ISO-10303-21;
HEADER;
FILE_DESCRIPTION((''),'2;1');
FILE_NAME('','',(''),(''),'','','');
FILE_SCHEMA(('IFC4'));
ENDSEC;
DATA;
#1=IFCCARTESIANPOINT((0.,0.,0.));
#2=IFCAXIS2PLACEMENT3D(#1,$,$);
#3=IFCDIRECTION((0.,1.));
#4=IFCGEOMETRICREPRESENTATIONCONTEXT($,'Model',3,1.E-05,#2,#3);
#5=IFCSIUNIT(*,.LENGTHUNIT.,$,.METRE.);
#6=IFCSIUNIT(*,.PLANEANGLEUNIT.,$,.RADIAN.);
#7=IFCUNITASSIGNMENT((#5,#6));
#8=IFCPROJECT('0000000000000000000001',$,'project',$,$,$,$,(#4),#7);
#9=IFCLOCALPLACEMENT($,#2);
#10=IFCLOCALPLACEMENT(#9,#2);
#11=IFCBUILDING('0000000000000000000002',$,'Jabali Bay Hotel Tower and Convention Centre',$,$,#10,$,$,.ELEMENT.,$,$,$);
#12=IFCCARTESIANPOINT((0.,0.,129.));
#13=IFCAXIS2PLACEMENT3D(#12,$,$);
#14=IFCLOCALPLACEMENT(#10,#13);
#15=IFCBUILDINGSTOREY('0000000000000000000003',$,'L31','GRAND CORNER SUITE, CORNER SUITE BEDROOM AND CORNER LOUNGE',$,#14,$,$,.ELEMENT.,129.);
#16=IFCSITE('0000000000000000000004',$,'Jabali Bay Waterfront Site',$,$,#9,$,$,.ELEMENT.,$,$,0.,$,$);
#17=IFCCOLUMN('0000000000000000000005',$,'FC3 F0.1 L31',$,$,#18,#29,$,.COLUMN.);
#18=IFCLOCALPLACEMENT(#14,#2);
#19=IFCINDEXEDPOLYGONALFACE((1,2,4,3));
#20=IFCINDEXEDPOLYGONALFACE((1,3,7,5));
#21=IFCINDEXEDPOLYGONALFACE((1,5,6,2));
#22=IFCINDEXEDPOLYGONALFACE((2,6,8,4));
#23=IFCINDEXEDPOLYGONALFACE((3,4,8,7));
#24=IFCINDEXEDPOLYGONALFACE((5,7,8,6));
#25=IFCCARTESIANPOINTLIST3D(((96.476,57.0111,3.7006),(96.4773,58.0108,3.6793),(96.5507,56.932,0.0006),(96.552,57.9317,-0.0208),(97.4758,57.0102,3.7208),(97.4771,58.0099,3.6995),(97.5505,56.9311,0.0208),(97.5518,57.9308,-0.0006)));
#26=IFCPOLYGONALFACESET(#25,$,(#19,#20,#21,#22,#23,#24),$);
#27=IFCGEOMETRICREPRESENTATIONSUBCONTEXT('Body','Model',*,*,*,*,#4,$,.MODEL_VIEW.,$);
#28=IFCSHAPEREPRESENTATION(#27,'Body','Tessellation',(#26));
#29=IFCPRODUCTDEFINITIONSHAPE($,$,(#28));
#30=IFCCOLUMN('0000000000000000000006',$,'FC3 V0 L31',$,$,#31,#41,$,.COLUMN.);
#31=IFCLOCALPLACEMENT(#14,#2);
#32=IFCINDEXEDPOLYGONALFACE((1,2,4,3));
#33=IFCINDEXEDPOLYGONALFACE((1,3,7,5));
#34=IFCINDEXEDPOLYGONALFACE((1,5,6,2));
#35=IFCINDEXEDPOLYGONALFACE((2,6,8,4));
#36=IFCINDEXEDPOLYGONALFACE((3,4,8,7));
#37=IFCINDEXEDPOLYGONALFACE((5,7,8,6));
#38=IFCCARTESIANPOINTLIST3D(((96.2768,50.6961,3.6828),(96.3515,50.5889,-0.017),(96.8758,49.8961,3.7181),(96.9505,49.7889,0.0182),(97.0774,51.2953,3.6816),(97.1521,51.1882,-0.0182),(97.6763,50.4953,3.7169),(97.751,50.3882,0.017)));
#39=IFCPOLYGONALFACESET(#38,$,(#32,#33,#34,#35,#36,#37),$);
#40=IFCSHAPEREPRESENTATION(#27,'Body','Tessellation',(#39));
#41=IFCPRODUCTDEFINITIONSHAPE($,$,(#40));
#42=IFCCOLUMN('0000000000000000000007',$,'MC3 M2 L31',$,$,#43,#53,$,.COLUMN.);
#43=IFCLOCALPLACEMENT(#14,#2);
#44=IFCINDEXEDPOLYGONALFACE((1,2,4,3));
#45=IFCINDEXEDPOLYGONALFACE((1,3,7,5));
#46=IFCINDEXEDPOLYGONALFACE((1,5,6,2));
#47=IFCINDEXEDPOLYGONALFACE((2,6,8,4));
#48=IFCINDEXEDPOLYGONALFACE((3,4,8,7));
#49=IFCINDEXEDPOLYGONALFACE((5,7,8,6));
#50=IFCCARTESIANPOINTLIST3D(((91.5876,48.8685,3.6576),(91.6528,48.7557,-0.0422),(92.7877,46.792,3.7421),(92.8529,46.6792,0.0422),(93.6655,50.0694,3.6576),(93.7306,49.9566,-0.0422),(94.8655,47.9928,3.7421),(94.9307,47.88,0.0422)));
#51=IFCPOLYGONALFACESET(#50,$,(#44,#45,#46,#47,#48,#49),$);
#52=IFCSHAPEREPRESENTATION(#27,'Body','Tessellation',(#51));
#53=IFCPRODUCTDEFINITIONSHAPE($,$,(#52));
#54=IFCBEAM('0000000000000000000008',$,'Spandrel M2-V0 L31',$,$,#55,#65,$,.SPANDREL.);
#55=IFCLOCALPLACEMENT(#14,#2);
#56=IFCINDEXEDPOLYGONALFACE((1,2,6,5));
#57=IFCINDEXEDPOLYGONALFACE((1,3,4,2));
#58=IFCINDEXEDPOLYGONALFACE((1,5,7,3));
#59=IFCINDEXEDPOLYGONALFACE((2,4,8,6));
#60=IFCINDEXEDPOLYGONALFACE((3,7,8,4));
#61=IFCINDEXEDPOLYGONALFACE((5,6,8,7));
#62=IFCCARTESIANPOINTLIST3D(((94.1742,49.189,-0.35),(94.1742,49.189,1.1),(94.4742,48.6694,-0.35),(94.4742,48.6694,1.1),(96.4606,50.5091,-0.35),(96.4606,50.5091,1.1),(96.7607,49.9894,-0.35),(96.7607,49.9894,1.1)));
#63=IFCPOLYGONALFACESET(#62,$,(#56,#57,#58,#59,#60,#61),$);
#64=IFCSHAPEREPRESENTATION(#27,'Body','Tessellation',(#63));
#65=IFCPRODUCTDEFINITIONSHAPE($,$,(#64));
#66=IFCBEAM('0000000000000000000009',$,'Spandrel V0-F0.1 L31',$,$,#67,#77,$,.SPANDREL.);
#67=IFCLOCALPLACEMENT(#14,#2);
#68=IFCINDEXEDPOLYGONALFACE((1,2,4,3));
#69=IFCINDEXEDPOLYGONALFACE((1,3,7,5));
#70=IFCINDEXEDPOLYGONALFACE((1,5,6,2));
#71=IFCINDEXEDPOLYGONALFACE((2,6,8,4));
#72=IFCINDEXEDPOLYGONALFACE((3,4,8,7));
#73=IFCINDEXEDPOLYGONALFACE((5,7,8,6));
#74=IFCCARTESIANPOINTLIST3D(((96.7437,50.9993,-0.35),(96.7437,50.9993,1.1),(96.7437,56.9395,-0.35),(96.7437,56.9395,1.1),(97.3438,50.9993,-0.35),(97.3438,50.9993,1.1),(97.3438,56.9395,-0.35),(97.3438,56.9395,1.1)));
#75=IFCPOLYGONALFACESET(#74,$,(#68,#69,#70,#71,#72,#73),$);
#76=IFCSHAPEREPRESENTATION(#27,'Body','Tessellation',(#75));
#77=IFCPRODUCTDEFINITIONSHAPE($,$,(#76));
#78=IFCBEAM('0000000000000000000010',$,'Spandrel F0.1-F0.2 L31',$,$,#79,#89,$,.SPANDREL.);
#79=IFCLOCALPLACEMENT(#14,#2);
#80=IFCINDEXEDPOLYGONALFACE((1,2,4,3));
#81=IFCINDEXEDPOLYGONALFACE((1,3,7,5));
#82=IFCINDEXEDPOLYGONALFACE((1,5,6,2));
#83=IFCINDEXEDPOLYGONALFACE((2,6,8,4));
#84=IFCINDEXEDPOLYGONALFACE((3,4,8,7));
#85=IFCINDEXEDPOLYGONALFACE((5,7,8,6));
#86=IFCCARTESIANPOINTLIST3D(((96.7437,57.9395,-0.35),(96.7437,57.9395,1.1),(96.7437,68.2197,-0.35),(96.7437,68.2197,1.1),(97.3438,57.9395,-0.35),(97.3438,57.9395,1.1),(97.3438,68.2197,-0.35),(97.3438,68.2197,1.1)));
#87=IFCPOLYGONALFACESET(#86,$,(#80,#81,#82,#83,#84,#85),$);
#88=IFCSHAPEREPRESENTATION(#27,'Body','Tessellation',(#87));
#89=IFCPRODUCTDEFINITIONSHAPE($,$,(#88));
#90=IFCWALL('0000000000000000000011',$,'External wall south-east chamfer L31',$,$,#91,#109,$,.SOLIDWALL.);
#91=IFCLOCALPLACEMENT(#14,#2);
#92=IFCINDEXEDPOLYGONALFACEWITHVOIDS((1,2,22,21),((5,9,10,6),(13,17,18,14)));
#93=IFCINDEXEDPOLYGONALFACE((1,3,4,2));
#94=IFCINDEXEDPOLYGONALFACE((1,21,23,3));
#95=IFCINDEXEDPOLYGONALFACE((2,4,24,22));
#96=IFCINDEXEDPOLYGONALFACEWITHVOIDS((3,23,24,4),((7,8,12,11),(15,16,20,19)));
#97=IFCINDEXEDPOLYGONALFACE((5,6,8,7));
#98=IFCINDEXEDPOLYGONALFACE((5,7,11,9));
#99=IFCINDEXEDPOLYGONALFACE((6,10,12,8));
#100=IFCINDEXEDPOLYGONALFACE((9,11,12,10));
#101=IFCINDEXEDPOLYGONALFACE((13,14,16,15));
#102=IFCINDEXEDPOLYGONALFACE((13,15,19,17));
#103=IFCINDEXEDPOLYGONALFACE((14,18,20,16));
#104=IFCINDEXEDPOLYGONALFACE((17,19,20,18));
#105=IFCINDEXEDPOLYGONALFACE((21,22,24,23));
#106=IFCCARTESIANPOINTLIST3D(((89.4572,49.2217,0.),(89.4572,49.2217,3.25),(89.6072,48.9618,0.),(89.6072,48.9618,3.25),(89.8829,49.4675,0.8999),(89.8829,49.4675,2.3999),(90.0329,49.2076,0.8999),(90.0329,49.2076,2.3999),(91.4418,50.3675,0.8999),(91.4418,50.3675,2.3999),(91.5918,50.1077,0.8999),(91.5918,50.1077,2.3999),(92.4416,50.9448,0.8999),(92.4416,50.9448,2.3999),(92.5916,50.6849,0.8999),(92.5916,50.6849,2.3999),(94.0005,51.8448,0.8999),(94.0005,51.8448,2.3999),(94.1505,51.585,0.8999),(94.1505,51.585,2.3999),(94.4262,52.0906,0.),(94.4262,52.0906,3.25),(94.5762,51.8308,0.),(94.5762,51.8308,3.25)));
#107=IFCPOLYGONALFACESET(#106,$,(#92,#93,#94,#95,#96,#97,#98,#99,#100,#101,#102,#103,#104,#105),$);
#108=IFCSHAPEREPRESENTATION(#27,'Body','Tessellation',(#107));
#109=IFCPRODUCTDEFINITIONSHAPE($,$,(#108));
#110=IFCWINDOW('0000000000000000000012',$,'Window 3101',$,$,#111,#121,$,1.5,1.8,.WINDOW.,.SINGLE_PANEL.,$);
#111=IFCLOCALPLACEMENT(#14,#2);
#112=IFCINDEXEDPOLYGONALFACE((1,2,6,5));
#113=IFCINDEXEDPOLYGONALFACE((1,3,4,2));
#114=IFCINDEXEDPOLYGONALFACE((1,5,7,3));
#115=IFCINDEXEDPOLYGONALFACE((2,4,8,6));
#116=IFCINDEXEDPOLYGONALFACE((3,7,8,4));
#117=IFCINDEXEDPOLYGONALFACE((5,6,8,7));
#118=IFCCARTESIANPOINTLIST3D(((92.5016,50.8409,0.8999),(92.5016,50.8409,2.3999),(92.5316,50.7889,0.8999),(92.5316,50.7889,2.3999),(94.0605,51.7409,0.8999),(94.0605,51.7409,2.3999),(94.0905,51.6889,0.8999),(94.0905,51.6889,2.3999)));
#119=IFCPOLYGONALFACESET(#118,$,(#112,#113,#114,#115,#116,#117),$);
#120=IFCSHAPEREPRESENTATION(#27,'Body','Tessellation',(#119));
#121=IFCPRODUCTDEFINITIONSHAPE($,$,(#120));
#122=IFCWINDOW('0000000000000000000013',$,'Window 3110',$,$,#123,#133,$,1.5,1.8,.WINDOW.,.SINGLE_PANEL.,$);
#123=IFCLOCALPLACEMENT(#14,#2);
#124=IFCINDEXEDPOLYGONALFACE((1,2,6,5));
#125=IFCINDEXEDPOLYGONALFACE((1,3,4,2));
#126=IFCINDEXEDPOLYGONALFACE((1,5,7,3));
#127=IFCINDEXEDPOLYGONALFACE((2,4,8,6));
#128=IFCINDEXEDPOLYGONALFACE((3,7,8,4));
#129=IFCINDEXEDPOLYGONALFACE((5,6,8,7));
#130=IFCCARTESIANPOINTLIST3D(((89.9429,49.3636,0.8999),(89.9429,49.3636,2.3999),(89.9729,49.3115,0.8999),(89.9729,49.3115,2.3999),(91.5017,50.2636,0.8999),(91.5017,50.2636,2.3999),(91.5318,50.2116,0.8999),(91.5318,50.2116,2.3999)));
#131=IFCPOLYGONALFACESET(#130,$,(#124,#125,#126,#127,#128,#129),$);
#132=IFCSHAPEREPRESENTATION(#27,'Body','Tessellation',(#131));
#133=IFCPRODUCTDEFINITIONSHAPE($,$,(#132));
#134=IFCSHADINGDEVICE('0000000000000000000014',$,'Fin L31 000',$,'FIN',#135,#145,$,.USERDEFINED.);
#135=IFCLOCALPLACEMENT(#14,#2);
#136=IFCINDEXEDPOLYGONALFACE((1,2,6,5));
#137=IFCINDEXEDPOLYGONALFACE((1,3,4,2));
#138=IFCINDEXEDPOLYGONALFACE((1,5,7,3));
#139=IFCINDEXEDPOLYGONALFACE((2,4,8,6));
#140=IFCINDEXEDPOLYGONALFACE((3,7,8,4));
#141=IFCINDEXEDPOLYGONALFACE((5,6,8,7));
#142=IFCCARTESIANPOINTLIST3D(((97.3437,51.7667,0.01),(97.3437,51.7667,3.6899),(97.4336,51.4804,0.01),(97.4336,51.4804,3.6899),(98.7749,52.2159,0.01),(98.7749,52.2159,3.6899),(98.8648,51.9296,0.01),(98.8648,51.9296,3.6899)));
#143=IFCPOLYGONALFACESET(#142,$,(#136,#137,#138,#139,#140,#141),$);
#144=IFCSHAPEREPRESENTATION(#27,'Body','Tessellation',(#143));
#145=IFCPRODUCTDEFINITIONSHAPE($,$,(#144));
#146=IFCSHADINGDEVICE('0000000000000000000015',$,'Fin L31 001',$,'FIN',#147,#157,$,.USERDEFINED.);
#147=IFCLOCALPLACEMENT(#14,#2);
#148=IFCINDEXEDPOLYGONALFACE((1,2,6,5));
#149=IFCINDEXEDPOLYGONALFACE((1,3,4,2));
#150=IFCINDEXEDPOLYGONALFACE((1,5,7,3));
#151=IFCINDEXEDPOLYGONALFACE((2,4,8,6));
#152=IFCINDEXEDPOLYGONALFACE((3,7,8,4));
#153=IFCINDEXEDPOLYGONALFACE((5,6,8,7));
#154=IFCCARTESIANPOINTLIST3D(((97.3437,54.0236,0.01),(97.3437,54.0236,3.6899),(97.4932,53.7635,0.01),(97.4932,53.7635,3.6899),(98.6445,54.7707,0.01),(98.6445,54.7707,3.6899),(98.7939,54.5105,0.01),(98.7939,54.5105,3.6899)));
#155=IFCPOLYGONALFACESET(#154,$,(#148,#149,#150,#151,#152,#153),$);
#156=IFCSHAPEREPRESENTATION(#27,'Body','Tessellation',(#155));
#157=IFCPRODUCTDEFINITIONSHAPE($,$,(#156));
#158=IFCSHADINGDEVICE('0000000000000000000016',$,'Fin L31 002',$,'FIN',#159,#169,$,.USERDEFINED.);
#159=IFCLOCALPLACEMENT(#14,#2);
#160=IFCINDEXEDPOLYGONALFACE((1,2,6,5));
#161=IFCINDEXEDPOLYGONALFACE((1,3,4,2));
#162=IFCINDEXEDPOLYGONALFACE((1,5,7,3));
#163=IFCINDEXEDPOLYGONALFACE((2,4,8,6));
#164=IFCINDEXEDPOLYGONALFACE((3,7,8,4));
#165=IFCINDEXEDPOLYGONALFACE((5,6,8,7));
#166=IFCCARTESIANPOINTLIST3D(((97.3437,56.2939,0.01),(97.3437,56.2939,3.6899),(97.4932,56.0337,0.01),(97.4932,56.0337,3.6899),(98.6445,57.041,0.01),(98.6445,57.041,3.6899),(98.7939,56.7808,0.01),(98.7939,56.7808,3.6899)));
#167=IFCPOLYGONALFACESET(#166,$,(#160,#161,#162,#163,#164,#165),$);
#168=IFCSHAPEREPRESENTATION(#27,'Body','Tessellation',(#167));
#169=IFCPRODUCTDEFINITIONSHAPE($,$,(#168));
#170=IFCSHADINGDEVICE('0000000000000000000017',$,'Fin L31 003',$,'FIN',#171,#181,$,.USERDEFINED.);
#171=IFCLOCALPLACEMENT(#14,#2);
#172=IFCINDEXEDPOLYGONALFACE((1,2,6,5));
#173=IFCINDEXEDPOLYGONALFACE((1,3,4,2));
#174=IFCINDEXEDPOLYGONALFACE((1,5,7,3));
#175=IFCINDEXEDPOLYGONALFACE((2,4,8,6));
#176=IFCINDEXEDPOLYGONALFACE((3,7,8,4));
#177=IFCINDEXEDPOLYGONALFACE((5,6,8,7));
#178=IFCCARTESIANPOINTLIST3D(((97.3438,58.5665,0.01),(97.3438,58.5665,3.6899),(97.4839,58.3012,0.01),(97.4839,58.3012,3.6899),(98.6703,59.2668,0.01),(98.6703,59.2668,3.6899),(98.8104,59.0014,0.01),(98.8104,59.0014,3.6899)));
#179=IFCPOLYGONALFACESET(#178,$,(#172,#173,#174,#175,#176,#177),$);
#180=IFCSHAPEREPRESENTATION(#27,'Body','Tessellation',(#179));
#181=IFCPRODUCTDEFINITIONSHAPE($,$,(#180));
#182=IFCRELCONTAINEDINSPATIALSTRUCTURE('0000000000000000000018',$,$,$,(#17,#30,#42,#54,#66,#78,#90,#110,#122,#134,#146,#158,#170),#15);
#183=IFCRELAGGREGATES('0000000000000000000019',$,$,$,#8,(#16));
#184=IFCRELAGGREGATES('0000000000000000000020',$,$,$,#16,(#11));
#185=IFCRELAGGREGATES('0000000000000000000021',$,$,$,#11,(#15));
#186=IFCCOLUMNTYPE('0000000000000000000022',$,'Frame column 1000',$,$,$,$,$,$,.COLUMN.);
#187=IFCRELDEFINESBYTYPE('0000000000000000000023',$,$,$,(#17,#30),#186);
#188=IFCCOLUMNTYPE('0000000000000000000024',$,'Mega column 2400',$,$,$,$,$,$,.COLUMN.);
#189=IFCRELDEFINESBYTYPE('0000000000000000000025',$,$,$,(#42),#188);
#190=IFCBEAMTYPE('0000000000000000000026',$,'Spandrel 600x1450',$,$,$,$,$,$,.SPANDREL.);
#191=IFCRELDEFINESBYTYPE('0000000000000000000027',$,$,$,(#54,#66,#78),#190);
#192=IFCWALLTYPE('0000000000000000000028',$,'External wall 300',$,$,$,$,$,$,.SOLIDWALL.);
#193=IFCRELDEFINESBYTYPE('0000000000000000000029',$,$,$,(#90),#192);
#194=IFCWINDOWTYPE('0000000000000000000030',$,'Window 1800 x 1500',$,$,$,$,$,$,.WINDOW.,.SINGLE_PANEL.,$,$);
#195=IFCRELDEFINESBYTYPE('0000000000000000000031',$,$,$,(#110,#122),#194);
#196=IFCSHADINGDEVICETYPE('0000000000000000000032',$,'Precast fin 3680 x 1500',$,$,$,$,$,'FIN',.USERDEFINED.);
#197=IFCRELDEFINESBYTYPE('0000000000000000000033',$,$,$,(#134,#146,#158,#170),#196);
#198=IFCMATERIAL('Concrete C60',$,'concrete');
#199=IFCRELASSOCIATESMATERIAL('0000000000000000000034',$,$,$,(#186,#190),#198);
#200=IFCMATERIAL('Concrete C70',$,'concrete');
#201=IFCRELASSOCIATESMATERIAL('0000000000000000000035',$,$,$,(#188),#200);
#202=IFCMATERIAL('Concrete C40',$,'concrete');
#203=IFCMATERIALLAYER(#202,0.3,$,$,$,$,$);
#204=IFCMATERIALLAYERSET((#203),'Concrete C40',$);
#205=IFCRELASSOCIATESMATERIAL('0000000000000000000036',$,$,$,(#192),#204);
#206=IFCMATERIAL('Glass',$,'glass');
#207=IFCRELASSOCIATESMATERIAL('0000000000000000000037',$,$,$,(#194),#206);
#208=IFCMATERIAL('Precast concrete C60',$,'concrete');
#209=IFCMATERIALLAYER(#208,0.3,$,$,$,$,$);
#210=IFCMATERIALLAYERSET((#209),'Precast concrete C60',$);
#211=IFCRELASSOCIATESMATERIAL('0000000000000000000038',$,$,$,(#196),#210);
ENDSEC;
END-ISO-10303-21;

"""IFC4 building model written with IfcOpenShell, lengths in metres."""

from ifc_helpers import new_model, si_unit, direction, frame, frame_2d, origin, origin_2d, place, context, subcontext, project, spatial, rectangle, extrude, material, layer, layer_set, material_profile, profile_set, type_object, element, fill, save


model = new_model("IFC4")

# Units and contexts
model_context = context("Model", 3, precision=1e-05, world=origin(), true_north=direction((0.0, 1.0)))
body_context = subcontext(model_context, "Body", "Model", "MODEL_VIEW")
ifc_project = project(units=[si_unit("LENGTHUNIT", "METRE"), si_unit("PLANEANGLEUNIT", "RADIAN")], contexts=[model_context])

# Site, building, storey
site_placement = place(None, origin())
site = spatial("IfcSite", under=ifc_project, at=site_placement, Name="Jabali Bay Waterfront Site", CompositionType="ELEMENT", RefElevation=0.0)
building_placement = place(site_placement, origin())
building = spatial("IfcBuilding", under=site, at=building_placement, Name="Jabali Bay Hotel Tower and Convention Centre", CompositionType="ELEMENT")
storey_placement = place(building_placement, frame((0.0, 0.0, 129.0)))
storey = spatial("IfcBuildingStorey", under=building, at=storey_placement, Name="L31", Description="GRAND CORNER SUITE, CORNER SUITE BEDROOM AND CORNER LOUNGE", CompositionType="ELEMENT", Elevation=129.0)

# Columns
ifc_material_1 = material(Name="Concrete C60", Category="concrete")
ifc_material_profile_1 = material_profile(ifc_material_1, rectangle(XDim=1.0, YDim=1.0, at=origin_2d()), Name="Frame column 1000")
ifc_profile_set_1 = profile_set([ifc_material_profile_1], Name="Concrete C60")
column_type_1 = type_object("IfcColumnType", Name="Frame column 1000", PredefinedType="COLUMN", material=ifc_profile_set_1)
column_1_placement = place(storey_placement, frame((97.0513, 57.4314, 0.0), z_axis=(-0.020183, 0.02137, 0.999568), x_axis=(-0.001315, -0.999771, 0.021348)))
element("IfcColumn", 1, at=column_1_placement, inside=storey, type_object=column_type_1, Name="FC3 F0.1 L31", PredefinedType="COLUMN", context=body_context, shape_type="SweptSolid", body=[
    extrude(rectangle(XDim=1.0, YDim=1.0, at=origin_2d()), origin(), (0.0, 0.0, 1.0), 3.7017),
])
column_2_placement = place(storey_placement, frame((97.0513, 50.4885, 0.0), z_axis=(-0.020179, 0.028949, 0.999377), x_axis=(-0.800537, -0.599282, 0.001196)))
element("IfcColumn", 2, at=column_2_placement, inside=storey, type_object=column_type_1, Name="FC3 V0 L31", PredefinedType="COLUMN", context=body_context, shape_type="SweptSolid", body=[
    extrude(rectangle(XDim=1.0, YDim=1.0, at=origin_2d()), origin(), (0.0, 0.0, 1.0), 3.7021),
])
ifc_material_2 = material(Name="Concrete C70", Category="concrete")
ifc_material_profile_2 = material_profile(ifc_material_2, rectangle(XDim=2.3999, YDim=2.3999, at=origin_2d()), Name="Mega column 2400")
ifc_profile_set_2 = profile_set([ifc_material_profile_2], Name="Concrete C70")
column_type_2 = type_object("IfcColumnType", Name="Mega column 2400", PredefinedType="COLUMN", material=ifc_profile_set_2)
column_3_placement = place(storey_placement, frame((93.2917, 48.3179, 0.0), z_axis=(-0.017607, 0.030466, 0.999381), x_axis=(0.500059, -0.865276, 0.035188)))
element("IfcColumn", 3, at=column_3_placement, inside=storey, type_object=column_type_2, Name="MC3 M2 L31", PredefinedType="COLUMN", context=body_context, shape_type="SweptSolid", body=[
    extrude(rectangle(XDim=2.3999, YDim=2.3999, at=origin_2d()), origin(), (0.0, 0.0, 1.0), 3.7021),
])

# Beams
ifc_material_profile_3 = material_profile(ifc_material_1, rectangle(XDim=0.6001, YDim=1.45, at=origin_2d()), Name="Spandrel 600x1450")
ifc_profile_set_3 = profile_set([ifc_material_profile_3], Name="Concrete C60")
beam_type = type_object("IfcBeamType", Name="Spandrel 600x1450", PredefinedType="SPANDREL", material=ifc_profile_set_3)
beam_1_placement = place(storey_placement, frame((94.3242, 48.9292, 0.375), z_axis=(0.866021, 0.500008, 0.0), x_axis=(-0.500008, 0.866021, 0.0)))
element("IfcBeam", 4, at=beam_1_placement, inside=storey, type_object=beam_type, Name="Spandrel M2-V0 L31", PredefinedType="SPANDREL", context=body_context, shape_type="SweptSolid", body=[
    extrude(rectangle(XDim=0.6001, YDim=1.45, at=origin_2d()), origin(), (0.0, 0.0, 1.0), 2.6401),
])
beam_2_placement = place(storey_placement, frame((97.0437, 50.9993, 0.375), z_axis=(0.0, 1.0, 0.0), x_axis=(-1.0, 0.0, 0.0)))
element("IfcBeam", 5, at=beam_2_placement, inside=storey, type_object=beam_type, Name="Spandrel V0-F0.1 L31", PredefinedType="SPANDREL", context=body_context, shape_type="SweptSolid", body=[
    extrude(rectangle(XDim=0.6001, YDim=1.45, at=origin_2d()), origin(), (0.0, 0.0, 1.0), 5.9402),
])
beam_3_placement = place(storey_placement, frame((97.0437, 57.9395, 0.375), z_axis=(0.0, 1.0, 0.0), x_axis=(-1.0, 0.0, 0.0)))
element("IfcBeam", 6, at=beam_3_placement, inside=storey, type_object=beam_type, Name="Spandrel F0.1-F0.2 L31", PredefinedType="SPANDREL", context=body_context, shape_type="SweptSolid", body=[
    extrude(rectangle(XDim=0.6001, YDim=1.45, at=origin_2d()), origin(), (0.0, 0.0, 1.0), 10.2803),
])

# Wall, openings, windows
ifc_material_3 = material(Name="Concrete C40", Category="concrete")
ifc_layer_1 = layer(ifc_material_3, 0.3)
ifc_layer_set_1 = layer_set([ifc_layer_1], Name="Concrete C40")
wall_type = type_object("IfcWallType", Name="External wall 300", PredefinedType="SOLIDWALL", material=ifc_layer_set_1)
wall_placement = place(storey_placement, frame((94.5012, 51.9607, 0.0), z_axis=(0.0, 0.0, 1.0), x_axis=(-0.866022, -0.500006, 0.0)))
wall = element("IfcWall", 7, at=wall_placement, inside=storey, type_object=wall_type, Name="External wall south-east chamfer L31", PredefinedType="SOLIDWALL", context=body_context, shape_type="SweptSolid", body=[
    extrude(rectangle(XDim=5.7378, YDim=0.3, at=frame_2d((2.8689, 0.0))), origin(), (0.0, 0.0, 1.0), 3.25),
])
opening_1_placement = place(wall_placement, frame((0.4917, 0.0, 0.8999)))
opening_1 = element("IfcOpeningElement", 8, at=opening_1_placement, cuts=wall, PredefinedType="OPENING", context=body_context, shape_type="SweptSolid", body=[
    extrude(rectangle(XDim=1.8, YDim=1.5, at=frame_2d((0.8999, 0.75))), frame((0.0, 0.1606, 0.0), z_axis=(0.0, -1.0, 0.0), x_axis=(1.0, 0.0, 0.0)), (0.0, 0.0, 1.0), 0.321),
])
opening_2_placement = place(wall_placement, frame((3.4463, 0.0, 0.8999)))
opening_2 = element("IfcOpeningElement", 9, at=opening_2_placement, cuts=wall, PredefinedType="OPENING", context=body_context, shape_type="SweptSolid", body=[
    extrude(rectangle(XDim=1.8, YDim=1.5, at=frame_2d((0.8999, 0.75))), frame((0.0, 0.1606, 0.0), z_axis=(0.0, -1.0, 0.0), x_axis=(1.0, 0.0, 0.0)), (0.0, 0.0, 1.0), 0.321),
])
ifc_material_4 = material(Name="Glass", Category="glass")
window_type = type_object("IfcWindowType", Name="Window 1800 x 1500", PartitioningType="SINGLE_PANEL", PredefinedType="WINDOW", material=ifc_material_4)
window_1_placement = place(opening_1_placement, origin())
window_1 = element("IfcWindow", 10, at=window_1_placement, inside=storey, type_object=window_type, Name="Window 3101", OverallHeight=1.5, OverallWidth=1.8, PartitioningType="SINGLE_PANEL", PredefinedType="WINDOW", context=body_context, shape_type="SweptSolid", body=[
    extrude(rectangle(XDim=1.8, YDim=1.5, at=frame_2d((0.8999, 0.75))), frame((0.0, 0.03, 0.0), z_axis=(0.0, -1.0, 0.0), x_axis=(1.0, 0.0, 0.0)), (0.0, 0.0, 1.0), 0.0601),
])
fill(opening_1, window_1)
window_2_placement = place(opening_2_placement, origin())
window_2 = element("IfcWindow", 11, at=window_2_placement, inside=storey, type_object=window_type, Name="Window 3110", OverallHeight=1.5, OverallWidth=1.8, PartitioningType="SINGLE_PANEL", PredefinedType="WINDOW", context=body_context, shape_type="SweptSolid", body=[
    extrude(rectangle(XDim=1.8, YDim=1.5, at=frame_2d((0.8999, 0.75))), frame((0.0, 0.03, 0.0), z_axis=(0.0, -1.0, 0.0), x_axis=(1.0, 0.0, 0.0)), (0.0, 0.0, 1.0), 0.0601),
])
fill(opening_2, window_2)

# Shading devices
ifc_material_5 = material(Name="Precast concrete C60", Category="concrete")
ifc_layer_2 = layer(ifc_material_5, 0.3)
ifc_layer_set_2 = layer_set([ifc_layer_2], Name="Precast concrete C60")
shading_device_type = type_object("IfcShadingDeviceType", Name="Precast fin 3680 x 1500", ElementType="FIN", PredefinedType="USERDEFINED", material=ifc_layer_set_2)
for number, where, z_axis, x_axis, name in (
    (12, (97.3887, 51.6235, 0.01), (0.0, 0.0, 1.0), (0.954103, 0.29948, 0.0), "Fin L31 000"),
    (13, (97.4185, 53.8936, 0.01), (0.0, 0.0, 1.0), (0.867159, 0.498031, 0.0), "Fin L31 001"),
    (14, (97.4185, 56.1638, 0.01), (0.0, 0.0, 1.0), (0.867159, 0.498031, 0.0), "Fin L31 002"),
    (15, (97.4138, 58.4338, 0.01), (0.0, 0.0, 1.0), (0.884346, 0.466833, 0.0), "Fin L31 003"),
):
    element("IfcShadingDevice", number, at=place(storey_placement, frame(where, z_axis=z_axis, x_axis=x_axis)), inside=storey, type_object=shading_device_type, Name=name, ObjectType="FIN", PredefinedType="USERDEFINED", context=body_context, shape_type="SweptSolid", body=[
        extrude(rectangle(XDim=1.5, YDim=0.3, at=frame_2d((0.75, 0.0))), origin(), (0.0, 0.0, 1.0), 3.6799),
    ])

save(model, "model.ifc")
